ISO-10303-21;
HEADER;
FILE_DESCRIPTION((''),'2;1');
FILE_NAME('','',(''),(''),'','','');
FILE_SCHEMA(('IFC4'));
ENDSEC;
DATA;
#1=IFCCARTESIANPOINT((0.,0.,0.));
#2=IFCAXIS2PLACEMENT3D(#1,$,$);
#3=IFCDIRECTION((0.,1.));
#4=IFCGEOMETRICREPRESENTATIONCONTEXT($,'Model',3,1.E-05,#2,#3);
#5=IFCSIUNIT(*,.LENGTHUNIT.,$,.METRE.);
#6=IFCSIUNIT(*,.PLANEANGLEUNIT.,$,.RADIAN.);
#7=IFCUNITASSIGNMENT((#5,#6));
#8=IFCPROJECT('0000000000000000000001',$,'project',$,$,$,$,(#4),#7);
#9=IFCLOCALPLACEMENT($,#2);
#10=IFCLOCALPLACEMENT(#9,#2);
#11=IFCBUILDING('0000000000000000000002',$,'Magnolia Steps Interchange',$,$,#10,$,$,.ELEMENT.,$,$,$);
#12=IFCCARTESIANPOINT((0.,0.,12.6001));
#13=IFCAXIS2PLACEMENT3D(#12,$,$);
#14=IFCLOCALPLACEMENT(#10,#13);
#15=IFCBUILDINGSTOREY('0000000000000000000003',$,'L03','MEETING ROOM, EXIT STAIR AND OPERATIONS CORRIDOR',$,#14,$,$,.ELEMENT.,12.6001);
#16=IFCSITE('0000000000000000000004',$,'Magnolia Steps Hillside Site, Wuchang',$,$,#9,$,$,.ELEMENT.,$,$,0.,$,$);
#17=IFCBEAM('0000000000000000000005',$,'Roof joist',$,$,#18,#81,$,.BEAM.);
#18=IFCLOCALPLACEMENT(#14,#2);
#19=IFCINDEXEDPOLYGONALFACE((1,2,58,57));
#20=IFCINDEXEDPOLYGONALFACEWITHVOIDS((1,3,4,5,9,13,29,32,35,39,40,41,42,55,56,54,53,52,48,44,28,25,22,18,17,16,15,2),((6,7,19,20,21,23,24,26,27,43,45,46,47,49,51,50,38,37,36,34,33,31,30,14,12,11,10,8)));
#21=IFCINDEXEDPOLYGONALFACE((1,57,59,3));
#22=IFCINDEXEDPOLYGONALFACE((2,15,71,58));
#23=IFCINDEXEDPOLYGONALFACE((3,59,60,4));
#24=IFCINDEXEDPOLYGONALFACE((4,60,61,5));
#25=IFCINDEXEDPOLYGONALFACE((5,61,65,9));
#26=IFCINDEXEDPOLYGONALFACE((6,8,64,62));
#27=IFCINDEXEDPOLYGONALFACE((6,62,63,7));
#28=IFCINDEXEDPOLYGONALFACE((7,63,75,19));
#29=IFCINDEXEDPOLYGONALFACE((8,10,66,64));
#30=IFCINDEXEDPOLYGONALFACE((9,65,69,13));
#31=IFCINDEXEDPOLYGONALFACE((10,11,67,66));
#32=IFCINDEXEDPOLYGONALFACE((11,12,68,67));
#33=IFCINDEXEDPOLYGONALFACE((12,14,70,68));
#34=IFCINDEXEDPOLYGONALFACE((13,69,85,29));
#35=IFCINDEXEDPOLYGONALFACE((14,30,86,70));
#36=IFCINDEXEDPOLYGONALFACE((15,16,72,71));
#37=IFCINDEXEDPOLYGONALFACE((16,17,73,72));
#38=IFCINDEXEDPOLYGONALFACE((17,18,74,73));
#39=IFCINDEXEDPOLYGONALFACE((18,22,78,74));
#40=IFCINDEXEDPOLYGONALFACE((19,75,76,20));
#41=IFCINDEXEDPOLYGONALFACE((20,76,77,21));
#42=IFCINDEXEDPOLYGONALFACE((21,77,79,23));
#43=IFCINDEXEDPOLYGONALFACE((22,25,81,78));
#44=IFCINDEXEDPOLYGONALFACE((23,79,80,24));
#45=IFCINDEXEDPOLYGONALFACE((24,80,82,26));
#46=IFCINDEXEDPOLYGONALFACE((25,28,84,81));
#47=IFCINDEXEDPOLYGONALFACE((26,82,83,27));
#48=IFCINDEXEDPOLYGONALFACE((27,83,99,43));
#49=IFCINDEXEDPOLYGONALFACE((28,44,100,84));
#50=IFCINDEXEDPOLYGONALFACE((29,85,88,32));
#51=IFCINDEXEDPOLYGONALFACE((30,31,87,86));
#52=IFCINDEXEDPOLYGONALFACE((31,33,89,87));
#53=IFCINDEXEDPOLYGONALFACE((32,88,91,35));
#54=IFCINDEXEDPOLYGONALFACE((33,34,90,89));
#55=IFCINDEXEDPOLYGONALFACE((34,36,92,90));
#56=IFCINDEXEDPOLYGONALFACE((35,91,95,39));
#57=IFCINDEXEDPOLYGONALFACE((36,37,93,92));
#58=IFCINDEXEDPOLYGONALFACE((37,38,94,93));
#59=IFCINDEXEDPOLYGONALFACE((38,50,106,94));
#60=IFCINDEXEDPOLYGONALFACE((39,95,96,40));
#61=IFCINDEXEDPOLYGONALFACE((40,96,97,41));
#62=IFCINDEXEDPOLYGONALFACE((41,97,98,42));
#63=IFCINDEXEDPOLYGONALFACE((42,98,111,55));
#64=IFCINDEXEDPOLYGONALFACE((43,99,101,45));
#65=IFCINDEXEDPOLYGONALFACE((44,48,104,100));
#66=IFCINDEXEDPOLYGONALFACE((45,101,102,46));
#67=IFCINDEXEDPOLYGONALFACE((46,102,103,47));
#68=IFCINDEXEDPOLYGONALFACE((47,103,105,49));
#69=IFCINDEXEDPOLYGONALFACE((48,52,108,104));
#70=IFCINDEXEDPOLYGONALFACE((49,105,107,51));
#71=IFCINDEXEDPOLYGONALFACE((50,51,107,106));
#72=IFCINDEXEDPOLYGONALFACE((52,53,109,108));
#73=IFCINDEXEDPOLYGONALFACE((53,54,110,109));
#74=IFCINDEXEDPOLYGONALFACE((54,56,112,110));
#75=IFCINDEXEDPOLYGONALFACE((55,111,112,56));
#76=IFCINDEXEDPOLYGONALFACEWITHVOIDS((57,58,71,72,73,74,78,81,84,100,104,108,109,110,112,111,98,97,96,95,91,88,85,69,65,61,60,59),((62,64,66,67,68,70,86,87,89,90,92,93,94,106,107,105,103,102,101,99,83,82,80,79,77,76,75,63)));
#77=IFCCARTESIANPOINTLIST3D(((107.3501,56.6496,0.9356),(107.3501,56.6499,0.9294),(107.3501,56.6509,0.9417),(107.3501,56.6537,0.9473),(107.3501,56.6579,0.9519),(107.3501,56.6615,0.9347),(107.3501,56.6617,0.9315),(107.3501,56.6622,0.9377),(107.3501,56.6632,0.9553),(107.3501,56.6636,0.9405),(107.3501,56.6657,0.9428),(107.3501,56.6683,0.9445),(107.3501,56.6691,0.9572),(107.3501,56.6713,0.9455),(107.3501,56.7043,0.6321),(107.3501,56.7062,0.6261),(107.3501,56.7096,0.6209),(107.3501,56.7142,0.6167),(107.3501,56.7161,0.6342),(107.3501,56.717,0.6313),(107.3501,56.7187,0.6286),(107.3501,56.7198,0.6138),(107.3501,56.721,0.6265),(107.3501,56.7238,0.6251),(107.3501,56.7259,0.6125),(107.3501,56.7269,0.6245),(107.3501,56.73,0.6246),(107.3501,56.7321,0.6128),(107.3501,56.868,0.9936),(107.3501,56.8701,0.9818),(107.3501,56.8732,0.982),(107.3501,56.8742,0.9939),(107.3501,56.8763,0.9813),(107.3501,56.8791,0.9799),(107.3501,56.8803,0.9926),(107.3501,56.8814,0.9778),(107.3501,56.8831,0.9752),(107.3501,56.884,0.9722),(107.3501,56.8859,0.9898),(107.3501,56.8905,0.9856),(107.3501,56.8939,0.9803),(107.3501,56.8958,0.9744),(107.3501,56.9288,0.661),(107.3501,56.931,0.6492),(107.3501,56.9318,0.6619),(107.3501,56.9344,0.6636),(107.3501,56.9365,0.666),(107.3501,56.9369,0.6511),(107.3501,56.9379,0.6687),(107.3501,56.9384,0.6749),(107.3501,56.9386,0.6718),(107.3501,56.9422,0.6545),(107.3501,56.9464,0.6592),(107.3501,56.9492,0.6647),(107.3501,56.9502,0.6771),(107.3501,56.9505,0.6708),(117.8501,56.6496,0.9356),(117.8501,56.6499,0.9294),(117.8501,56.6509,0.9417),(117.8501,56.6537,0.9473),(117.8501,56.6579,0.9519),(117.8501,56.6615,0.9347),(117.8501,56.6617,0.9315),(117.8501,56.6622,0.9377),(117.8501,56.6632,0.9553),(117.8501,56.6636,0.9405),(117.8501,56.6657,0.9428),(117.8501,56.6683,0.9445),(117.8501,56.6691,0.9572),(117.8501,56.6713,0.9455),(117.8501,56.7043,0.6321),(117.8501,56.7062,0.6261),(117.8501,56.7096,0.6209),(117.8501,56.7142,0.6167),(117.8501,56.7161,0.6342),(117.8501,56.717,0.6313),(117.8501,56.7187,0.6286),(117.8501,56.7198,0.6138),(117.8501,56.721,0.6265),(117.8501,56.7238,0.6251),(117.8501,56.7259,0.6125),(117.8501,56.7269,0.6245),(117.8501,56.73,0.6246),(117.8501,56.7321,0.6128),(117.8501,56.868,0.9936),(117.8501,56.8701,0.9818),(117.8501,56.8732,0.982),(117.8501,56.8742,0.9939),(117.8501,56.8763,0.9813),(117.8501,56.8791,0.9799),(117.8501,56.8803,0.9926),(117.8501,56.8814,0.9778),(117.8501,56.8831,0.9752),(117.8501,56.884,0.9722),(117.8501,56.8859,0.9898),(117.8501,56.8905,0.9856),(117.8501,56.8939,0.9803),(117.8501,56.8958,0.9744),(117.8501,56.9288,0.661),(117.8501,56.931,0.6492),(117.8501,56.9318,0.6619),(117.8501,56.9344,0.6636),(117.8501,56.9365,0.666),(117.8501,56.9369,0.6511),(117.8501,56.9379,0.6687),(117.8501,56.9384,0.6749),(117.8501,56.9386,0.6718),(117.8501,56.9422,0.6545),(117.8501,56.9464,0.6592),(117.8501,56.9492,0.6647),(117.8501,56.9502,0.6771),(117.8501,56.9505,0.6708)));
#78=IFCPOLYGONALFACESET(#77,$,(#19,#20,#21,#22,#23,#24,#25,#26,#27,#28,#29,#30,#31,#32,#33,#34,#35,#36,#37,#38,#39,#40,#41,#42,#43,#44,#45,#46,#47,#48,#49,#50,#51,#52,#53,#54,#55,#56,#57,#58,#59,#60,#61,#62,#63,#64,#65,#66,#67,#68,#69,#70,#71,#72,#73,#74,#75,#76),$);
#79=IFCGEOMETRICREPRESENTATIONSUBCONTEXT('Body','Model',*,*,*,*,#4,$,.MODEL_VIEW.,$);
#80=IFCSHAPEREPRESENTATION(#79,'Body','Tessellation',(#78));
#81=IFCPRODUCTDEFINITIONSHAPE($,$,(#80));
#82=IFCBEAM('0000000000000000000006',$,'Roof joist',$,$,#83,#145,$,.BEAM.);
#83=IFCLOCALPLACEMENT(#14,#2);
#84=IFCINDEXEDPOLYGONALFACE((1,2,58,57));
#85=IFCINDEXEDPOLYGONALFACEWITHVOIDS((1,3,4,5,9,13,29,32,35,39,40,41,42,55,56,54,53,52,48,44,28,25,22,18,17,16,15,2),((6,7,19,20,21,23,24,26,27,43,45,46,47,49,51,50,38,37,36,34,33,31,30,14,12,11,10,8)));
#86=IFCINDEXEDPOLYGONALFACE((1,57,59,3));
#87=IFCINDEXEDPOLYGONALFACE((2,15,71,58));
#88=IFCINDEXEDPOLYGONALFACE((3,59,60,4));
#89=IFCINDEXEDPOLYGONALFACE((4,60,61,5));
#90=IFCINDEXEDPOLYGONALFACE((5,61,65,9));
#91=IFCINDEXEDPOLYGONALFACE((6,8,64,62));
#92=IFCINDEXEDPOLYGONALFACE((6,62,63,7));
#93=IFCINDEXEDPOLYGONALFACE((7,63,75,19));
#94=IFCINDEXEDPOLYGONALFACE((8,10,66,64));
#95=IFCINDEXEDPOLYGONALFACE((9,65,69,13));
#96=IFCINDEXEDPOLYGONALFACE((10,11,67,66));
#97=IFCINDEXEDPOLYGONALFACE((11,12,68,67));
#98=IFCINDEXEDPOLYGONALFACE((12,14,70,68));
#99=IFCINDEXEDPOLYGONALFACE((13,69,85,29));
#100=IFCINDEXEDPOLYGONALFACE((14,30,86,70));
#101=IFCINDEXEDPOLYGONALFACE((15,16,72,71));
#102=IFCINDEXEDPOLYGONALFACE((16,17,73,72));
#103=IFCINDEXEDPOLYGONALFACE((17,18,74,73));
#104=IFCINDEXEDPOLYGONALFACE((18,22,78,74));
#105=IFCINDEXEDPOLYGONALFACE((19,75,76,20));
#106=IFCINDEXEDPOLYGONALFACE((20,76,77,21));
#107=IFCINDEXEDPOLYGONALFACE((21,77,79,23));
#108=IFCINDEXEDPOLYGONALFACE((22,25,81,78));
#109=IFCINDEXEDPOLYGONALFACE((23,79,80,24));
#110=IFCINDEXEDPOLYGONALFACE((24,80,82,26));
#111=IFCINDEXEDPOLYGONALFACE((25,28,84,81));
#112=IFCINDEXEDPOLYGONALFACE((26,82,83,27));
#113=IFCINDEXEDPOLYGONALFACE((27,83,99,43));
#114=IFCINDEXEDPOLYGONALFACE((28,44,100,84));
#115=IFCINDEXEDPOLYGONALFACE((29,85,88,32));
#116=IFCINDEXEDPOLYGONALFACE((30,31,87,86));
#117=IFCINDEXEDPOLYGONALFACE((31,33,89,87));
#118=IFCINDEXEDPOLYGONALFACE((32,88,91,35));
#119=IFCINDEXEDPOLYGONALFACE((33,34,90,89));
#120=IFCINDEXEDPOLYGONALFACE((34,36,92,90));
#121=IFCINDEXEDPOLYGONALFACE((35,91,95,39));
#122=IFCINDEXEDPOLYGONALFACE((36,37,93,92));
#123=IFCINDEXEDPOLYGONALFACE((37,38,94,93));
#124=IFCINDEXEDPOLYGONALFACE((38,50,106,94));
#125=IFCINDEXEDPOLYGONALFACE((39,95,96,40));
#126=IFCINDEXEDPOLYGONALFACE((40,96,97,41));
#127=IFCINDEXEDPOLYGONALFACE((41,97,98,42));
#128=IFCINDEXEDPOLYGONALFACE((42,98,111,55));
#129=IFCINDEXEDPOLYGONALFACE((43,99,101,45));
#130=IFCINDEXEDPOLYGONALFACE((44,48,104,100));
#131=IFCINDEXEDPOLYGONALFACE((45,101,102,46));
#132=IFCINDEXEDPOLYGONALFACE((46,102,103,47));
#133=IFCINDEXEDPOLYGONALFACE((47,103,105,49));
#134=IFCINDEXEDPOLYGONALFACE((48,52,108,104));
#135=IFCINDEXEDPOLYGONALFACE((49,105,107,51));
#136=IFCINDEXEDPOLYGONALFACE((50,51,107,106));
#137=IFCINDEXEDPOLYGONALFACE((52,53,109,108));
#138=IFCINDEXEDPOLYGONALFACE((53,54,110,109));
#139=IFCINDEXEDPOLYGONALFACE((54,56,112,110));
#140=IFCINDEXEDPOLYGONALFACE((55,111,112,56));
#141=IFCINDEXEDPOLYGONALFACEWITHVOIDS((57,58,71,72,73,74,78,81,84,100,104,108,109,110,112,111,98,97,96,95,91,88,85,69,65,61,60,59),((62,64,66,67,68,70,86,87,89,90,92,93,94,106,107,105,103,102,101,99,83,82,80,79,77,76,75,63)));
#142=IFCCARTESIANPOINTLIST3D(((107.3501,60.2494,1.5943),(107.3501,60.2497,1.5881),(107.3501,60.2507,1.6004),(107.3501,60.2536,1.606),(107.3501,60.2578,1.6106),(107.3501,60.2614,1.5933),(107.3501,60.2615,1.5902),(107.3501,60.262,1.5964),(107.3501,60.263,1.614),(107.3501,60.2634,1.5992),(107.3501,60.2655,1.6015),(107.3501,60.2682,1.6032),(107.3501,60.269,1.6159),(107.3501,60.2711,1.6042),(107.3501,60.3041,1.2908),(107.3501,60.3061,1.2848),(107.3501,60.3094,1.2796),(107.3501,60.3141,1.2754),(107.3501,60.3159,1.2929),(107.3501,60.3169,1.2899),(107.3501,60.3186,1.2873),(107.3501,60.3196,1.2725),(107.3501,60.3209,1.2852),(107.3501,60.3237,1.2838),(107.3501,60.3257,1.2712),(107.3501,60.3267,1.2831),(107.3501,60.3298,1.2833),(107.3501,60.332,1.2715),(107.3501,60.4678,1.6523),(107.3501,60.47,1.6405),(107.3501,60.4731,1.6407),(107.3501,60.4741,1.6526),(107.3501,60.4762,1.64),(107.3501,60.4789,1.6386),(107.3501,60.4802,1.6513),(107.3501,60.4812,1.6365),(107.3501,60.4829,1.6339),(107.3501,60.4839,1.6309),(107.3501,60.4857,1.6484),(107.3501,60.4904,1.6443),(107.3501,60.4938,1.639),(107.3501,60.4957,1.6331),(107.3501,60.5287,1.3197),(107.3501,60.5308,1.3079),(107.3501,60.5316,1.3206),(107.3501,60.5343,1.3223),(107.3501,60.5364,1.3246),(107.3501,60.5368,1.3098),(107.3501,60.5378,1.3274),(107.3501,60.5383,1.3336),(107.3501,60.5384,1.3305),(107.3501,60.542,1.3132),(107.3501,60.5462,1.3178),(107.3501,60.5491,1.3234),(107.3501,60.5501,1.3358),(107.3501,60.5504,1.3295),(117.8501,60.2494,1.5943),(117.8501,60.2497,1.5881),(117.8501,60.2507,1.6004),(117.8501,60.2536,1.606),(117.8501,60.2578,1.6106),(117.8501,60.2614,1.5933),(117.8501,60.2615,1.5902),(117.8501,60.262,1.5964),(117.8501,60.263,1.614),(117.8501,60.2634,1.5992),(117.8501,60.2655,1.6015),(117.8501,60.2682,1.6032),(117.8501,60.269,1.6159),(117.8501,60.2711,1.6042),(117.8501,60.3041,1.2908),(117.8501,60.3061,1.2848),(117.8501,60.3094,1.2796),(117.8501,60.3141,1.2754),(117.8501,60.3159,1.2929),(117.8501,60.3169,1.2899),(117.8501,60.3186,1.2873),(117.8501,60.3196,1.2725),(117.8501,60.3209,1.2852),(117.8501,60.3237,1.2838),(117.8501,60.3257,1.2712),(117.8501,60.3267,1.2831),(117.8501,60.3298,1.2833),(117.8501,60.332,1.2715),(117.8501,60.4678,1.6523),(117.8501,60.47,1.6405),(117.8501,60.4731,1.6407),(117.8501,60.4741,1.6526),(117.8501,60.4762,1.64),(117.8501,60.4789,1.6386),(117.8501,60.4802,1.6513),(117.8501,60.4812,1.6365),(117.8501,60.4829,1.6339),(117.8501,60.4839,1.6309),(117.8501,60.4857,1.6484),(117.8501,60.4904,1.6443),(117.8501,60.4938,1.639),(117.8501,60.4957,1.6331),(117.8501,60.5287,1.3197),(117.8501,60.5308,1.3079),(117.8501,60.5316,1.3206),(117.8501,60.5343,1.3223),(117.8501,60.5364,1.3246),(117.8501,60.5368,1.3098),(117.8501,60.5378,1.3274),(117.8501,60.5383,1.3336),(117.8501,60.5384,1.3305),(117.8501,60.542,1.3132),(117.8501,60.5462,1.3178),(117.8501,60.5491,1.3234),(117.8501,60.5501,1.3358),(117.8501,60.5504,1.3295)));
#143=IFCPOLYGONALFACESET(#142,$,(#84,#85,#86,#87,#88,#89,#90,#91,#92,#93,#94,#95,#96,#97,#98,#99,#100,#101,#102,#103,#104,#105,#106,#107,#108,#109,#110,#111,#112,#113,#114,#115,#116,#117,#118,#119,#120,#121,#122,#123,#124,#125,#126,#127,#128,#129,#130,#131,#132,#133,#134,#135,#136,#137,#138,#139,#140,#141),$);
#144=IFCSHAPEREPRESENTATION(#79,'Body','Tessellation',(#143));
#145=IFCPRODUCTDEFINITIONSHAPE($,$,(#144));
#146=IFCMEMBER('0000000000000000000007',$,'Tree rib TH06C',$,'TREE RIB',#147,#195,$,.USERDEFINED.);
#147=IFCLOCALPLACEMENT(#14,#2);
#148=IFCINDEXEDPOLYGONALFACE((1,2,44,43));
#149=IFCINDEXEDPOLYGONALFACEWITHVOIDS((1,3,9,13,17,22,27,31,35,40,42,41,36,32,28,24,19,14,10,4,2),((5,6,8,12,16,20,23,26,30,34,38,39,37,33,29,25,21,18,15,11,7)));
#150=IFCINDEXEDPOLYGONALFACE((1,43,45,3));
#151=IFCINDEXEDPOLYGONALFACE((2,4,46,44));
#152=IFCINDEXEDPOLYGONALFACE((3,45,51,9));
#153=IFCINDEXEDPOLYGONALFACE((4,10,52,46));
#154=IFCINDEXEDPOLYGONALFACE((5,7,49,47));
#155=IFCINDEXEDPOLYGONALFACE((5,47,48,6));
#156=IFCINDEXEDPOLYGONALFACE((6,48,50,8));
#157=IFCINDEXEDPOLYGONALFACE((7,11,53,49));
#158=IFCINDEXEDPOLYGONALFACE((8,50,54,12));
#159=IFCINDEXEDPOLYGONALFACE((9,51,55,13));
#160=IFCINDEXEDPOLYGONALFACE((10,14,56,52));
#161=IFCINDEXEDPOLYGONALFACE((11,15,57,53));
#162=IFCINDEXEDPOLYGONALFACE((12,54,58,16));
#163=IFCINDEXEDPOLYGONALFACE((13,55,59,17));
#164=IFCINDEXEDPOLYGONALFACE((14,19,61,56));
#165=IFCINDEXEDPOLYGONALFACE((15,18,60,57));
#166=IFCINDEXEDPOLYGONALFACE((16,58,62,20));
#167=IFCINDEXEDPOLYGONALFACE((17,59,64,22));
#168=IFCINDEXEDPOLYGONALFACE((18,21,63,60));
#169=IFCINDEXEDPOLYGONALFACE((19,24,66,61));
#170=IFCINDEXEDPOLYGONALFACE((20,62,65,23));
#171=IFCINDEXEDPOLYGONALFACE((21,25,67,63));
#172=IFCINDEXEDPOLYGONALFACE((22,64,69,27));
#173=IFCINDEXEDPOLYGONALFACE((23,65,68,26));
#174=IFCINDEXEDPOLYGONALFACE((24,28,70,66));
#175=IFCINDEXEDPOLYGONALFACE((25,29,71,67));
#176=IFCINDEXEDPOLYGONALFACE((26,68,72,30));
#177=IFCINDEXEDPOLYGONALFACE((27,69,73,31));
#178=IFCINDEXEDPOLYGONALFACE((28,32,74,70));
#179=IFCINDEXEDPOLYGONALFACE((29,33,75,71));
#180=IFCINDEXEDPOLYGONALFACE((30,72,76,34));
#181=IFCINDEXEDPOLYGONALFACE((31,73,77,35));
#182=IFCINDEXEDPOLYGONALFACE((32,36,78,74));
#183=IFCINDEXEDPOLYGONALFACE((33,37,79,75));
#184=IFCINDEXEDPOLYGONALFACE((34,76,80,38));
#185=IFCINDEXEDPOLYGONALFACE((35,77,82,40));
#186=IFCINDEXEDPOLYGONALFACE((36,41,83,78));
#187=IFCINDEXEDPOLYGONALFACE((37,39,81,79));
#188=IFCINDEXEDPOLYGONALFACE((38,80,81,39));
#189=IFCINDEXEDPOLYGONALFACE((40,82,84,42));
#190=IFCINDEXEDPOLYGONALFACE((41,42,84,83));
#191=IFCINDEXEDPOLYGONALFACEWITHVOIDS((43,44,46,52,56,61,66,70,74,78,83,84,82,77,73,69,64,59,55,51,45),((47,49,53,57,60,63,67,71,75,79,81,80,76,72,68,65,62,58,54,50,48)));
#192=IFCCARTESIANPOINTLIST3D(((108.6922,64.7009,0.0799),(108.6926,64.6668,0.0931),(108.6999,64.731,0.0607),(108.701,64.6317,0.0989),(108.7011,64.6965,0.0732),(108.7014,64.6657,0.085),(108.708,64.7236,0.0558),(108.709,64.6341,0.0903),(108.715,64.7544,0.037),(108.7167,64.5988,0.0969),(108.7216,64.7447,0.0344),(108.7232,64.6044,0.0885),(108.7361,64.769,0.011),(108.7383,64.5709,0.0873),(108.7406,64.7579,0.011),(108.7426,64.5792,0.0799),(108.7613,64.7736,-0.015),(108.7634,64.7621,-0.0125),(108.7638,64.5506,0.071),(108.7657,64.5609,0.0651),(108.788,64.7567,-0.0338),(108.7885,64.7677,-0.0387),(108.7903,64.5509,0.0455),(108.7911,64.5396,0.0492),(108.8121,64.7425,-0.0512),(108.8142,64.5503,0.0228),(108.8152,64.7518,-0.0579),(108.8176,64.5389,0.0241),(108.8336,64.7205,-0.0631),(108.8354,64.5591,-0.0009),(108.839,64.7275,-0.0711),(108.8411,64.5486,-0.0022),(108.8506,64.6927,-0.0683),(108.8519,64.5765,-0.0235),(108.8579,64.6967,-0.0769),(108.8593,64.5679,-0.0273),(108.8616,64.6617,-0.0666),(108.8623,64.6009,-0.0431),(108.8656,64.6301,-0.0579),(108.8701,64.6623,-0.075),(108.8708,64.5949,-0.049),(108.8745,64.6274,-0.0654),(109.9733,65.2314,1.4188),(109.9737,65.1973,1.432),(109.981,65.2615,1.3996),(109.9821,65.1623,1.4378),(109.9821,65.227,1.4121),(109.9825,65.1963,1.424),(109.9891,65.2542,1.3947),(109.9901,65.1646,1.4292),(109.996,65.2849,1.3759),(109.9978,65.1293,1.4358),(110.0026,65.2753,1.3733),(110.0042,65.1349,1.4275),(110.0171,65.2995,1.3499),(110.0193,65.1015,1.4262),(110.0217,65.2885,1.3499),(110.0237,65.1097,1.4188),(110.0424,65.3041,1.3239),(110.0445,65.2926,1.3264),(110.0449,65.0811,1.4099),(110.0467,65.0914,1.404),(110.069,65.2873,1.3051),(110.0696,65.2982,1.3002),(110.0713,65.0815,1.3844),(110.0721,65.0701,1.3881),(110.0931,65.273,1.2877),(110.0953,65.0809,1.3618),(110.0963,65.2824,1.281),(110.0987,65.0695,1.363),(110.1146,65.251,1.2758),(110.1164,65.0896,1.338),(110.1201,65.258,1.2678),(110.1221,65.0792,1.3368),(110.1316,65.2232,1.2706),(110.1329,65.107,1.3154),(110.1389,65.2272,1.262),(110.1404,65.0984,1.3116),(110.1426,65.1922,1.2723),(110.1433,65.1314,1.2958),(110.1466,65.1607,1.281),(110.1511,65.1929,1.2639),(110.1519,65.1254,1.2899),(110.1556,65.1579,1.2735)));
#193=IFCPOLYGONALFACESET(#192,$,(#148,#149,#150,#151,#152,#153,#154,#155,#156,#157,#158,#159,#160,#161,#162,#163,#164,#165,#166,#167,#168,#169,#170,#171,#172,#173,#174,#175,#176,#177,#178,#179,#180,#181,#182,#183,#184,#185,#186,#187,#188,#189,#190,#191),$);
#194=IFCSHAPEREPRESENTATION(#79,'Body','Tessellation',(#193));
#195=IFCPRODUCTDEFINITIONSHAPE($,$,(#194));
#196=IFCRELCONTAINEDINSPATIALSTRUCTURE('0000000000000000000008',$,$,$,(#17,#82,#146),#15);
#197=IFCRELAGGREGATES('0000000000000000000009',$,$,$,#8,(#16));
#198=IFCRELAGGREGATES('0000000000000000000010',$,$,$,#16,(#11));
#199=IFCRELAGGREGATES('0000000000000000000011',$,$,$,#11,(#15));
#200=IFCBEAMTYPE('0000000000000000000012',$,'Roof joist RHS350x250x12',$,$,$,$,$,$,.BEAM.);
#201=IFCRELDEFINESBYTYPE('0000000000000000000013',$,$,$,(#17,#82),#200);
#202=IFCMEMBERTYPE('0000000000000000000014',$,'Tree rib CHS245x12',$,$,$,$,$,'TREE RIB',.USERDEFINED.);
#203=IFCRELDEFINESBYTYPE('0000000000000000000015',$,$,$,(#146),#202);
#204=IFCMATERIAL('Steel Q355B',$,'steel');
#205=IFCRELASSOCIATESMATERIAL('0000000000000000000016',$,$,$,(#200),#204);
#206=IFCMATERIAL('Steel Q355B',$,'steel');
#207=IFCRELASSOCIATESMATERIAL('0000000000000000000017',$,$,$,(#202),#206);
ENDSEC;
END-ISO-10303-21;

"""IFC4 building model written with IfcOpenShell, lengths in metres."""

from ifc_helpers import new_model, si_unit, direction, frame, origin, origin_2d, place, context, subcontext, project, spatial, hollow_rectangle, hollow_circle, extrude, material, material_profile, profile_set, type_object, element, save


model = new_model("IFC4")

# Units and contexts
model_context = context("Model", 3, precision=1e-05, world=origin(), true_north=direction((0.0, 1.0)))
body_context = subcontext(model_context, "Body", "Model", "MODEL_VIEW")
ifc_project = project(units=[si_unit("LENGTHUNIT", "METRE"), si_unit("PLANEANGLEUNIT", "RADIAN")], contexts=[model_context])

# Site, building, storey
site_placement = place(None, origin())
site = spatial("IfcSite", under=ifc_project, at=site_placement, Name="Magnolia Steps Hillside Site, Wuchang", CompositionType="ELEMENT", RefElevation=0.0)
building_placement = place(site_placement, origin())
building = spatial("IfcBuilding", under=site, at=building_placement, Name="Magnolia Steps Interchange", CompositionType="ELEMENT")
storey_placement = place(building_placement, frame((0.0, 0.0, 12.6001)))
storey = spatial("IfcBuildingStorey", under=building, at=storey_placement, Name="L03", Description="MEETING ROOM, EXIT STAIR AND OPERATIONS CORRIDOR", CompositionType="ELEMENT", Elevation=12.6001)

# Beams
ifc_material_1 = material(Name="Steel Q355B", Category="steel")
ifc_material_profile_1 = material_profile(ifc_material_1, hollow_rectangle(XDim=0.25, YDim=0.3501, WallThickness=0.012, InnerFilletRadius=0.012, OuterFilletRadius=0.0239, at=origin_2d()), Name="RHS350x250x12")
ifc_profile_set_1 = profile_set([ifc_material_profile_1], Name="Steel Q355B")
beam_type_1 = type_object("IfcBeamType", Name="Roof joist RHS350x250x12", PredefinedType="BEAM", material=ifc_profile_set_1)
for number, where, z_axis, x_axis, name in (
    (1, (107.3501, 56.8, 0.8032), (1.0, 0.0, 0.0), (0.0, 0.983677, 0.179941), "Roof joist"),
    (2, (107.3501, 60.3999, 1.4619), (1.0, 0.0, 0.0), (0.0, 0.983677, 0.179941), "Roof joist"),
):
    element("IfcBeam", number, at=place(storey_placement, frame(where, z_axis=z_axis, x_axis=x_axis)), inside=storey, type_object=beam_type_1, Name=name, PredefinedType="BEAM", context=body_context, shape_type="SweptSolid", body=[
        extrude(hollow_rectangle(XDim=0.25, YDim=0.3501, WallThickness=0.012, InnerFilletRadius=0.012, OuterFilletRadius=0.0239, at=origin_2d()), origin(), (0.0, 0.0, 1.0), 10.5),
    ])

# Member
ifc_material_2 = material(Name="Steel Q355B", Category="steel")
ifc_material_profile_2 = material_profile(ifc_material_2, hollow_circle(Radius=0.1226, WallThickness=0.012, at=origin_2d()), Name="CHS245x12")
ifc_profile_set_2 = profile_set([ifc_material_profile_2], Name="Steel Q355B")
member_type = type_object("IfcMemberType", Name="Tree rib CHS245x12", ElementType="TREE RIB", PredefinedType="USERDEFINED", material=ifc_profile_set_2)
for number, where, z_axis, x_axis, name in (
    (3, (108.783, 64.6558, 0.011), (0.664618, 0.275246, 0.694638), (-0.382627, 0.923903, 0.0), "Tree rib TH06C"),
):
    element("IfcMember", number, at=place(storey_placement, frame(where, z_axis=z_axis, x_axis=x_axis)), inside=storey, type_object=member_type, Name=name, ObjectType="TREE RIB", PredefinedType="USERDEFINED", context=body_context, shape_type="SweptSolid", body=[
        extrude(hollow_circle(Radius=0.1226, WallThickness=0.012, at=origin_2d()), origin(), (0.0, 0.0, 1.0), 1.9275),
    ])

save(model, "model.ifc")
